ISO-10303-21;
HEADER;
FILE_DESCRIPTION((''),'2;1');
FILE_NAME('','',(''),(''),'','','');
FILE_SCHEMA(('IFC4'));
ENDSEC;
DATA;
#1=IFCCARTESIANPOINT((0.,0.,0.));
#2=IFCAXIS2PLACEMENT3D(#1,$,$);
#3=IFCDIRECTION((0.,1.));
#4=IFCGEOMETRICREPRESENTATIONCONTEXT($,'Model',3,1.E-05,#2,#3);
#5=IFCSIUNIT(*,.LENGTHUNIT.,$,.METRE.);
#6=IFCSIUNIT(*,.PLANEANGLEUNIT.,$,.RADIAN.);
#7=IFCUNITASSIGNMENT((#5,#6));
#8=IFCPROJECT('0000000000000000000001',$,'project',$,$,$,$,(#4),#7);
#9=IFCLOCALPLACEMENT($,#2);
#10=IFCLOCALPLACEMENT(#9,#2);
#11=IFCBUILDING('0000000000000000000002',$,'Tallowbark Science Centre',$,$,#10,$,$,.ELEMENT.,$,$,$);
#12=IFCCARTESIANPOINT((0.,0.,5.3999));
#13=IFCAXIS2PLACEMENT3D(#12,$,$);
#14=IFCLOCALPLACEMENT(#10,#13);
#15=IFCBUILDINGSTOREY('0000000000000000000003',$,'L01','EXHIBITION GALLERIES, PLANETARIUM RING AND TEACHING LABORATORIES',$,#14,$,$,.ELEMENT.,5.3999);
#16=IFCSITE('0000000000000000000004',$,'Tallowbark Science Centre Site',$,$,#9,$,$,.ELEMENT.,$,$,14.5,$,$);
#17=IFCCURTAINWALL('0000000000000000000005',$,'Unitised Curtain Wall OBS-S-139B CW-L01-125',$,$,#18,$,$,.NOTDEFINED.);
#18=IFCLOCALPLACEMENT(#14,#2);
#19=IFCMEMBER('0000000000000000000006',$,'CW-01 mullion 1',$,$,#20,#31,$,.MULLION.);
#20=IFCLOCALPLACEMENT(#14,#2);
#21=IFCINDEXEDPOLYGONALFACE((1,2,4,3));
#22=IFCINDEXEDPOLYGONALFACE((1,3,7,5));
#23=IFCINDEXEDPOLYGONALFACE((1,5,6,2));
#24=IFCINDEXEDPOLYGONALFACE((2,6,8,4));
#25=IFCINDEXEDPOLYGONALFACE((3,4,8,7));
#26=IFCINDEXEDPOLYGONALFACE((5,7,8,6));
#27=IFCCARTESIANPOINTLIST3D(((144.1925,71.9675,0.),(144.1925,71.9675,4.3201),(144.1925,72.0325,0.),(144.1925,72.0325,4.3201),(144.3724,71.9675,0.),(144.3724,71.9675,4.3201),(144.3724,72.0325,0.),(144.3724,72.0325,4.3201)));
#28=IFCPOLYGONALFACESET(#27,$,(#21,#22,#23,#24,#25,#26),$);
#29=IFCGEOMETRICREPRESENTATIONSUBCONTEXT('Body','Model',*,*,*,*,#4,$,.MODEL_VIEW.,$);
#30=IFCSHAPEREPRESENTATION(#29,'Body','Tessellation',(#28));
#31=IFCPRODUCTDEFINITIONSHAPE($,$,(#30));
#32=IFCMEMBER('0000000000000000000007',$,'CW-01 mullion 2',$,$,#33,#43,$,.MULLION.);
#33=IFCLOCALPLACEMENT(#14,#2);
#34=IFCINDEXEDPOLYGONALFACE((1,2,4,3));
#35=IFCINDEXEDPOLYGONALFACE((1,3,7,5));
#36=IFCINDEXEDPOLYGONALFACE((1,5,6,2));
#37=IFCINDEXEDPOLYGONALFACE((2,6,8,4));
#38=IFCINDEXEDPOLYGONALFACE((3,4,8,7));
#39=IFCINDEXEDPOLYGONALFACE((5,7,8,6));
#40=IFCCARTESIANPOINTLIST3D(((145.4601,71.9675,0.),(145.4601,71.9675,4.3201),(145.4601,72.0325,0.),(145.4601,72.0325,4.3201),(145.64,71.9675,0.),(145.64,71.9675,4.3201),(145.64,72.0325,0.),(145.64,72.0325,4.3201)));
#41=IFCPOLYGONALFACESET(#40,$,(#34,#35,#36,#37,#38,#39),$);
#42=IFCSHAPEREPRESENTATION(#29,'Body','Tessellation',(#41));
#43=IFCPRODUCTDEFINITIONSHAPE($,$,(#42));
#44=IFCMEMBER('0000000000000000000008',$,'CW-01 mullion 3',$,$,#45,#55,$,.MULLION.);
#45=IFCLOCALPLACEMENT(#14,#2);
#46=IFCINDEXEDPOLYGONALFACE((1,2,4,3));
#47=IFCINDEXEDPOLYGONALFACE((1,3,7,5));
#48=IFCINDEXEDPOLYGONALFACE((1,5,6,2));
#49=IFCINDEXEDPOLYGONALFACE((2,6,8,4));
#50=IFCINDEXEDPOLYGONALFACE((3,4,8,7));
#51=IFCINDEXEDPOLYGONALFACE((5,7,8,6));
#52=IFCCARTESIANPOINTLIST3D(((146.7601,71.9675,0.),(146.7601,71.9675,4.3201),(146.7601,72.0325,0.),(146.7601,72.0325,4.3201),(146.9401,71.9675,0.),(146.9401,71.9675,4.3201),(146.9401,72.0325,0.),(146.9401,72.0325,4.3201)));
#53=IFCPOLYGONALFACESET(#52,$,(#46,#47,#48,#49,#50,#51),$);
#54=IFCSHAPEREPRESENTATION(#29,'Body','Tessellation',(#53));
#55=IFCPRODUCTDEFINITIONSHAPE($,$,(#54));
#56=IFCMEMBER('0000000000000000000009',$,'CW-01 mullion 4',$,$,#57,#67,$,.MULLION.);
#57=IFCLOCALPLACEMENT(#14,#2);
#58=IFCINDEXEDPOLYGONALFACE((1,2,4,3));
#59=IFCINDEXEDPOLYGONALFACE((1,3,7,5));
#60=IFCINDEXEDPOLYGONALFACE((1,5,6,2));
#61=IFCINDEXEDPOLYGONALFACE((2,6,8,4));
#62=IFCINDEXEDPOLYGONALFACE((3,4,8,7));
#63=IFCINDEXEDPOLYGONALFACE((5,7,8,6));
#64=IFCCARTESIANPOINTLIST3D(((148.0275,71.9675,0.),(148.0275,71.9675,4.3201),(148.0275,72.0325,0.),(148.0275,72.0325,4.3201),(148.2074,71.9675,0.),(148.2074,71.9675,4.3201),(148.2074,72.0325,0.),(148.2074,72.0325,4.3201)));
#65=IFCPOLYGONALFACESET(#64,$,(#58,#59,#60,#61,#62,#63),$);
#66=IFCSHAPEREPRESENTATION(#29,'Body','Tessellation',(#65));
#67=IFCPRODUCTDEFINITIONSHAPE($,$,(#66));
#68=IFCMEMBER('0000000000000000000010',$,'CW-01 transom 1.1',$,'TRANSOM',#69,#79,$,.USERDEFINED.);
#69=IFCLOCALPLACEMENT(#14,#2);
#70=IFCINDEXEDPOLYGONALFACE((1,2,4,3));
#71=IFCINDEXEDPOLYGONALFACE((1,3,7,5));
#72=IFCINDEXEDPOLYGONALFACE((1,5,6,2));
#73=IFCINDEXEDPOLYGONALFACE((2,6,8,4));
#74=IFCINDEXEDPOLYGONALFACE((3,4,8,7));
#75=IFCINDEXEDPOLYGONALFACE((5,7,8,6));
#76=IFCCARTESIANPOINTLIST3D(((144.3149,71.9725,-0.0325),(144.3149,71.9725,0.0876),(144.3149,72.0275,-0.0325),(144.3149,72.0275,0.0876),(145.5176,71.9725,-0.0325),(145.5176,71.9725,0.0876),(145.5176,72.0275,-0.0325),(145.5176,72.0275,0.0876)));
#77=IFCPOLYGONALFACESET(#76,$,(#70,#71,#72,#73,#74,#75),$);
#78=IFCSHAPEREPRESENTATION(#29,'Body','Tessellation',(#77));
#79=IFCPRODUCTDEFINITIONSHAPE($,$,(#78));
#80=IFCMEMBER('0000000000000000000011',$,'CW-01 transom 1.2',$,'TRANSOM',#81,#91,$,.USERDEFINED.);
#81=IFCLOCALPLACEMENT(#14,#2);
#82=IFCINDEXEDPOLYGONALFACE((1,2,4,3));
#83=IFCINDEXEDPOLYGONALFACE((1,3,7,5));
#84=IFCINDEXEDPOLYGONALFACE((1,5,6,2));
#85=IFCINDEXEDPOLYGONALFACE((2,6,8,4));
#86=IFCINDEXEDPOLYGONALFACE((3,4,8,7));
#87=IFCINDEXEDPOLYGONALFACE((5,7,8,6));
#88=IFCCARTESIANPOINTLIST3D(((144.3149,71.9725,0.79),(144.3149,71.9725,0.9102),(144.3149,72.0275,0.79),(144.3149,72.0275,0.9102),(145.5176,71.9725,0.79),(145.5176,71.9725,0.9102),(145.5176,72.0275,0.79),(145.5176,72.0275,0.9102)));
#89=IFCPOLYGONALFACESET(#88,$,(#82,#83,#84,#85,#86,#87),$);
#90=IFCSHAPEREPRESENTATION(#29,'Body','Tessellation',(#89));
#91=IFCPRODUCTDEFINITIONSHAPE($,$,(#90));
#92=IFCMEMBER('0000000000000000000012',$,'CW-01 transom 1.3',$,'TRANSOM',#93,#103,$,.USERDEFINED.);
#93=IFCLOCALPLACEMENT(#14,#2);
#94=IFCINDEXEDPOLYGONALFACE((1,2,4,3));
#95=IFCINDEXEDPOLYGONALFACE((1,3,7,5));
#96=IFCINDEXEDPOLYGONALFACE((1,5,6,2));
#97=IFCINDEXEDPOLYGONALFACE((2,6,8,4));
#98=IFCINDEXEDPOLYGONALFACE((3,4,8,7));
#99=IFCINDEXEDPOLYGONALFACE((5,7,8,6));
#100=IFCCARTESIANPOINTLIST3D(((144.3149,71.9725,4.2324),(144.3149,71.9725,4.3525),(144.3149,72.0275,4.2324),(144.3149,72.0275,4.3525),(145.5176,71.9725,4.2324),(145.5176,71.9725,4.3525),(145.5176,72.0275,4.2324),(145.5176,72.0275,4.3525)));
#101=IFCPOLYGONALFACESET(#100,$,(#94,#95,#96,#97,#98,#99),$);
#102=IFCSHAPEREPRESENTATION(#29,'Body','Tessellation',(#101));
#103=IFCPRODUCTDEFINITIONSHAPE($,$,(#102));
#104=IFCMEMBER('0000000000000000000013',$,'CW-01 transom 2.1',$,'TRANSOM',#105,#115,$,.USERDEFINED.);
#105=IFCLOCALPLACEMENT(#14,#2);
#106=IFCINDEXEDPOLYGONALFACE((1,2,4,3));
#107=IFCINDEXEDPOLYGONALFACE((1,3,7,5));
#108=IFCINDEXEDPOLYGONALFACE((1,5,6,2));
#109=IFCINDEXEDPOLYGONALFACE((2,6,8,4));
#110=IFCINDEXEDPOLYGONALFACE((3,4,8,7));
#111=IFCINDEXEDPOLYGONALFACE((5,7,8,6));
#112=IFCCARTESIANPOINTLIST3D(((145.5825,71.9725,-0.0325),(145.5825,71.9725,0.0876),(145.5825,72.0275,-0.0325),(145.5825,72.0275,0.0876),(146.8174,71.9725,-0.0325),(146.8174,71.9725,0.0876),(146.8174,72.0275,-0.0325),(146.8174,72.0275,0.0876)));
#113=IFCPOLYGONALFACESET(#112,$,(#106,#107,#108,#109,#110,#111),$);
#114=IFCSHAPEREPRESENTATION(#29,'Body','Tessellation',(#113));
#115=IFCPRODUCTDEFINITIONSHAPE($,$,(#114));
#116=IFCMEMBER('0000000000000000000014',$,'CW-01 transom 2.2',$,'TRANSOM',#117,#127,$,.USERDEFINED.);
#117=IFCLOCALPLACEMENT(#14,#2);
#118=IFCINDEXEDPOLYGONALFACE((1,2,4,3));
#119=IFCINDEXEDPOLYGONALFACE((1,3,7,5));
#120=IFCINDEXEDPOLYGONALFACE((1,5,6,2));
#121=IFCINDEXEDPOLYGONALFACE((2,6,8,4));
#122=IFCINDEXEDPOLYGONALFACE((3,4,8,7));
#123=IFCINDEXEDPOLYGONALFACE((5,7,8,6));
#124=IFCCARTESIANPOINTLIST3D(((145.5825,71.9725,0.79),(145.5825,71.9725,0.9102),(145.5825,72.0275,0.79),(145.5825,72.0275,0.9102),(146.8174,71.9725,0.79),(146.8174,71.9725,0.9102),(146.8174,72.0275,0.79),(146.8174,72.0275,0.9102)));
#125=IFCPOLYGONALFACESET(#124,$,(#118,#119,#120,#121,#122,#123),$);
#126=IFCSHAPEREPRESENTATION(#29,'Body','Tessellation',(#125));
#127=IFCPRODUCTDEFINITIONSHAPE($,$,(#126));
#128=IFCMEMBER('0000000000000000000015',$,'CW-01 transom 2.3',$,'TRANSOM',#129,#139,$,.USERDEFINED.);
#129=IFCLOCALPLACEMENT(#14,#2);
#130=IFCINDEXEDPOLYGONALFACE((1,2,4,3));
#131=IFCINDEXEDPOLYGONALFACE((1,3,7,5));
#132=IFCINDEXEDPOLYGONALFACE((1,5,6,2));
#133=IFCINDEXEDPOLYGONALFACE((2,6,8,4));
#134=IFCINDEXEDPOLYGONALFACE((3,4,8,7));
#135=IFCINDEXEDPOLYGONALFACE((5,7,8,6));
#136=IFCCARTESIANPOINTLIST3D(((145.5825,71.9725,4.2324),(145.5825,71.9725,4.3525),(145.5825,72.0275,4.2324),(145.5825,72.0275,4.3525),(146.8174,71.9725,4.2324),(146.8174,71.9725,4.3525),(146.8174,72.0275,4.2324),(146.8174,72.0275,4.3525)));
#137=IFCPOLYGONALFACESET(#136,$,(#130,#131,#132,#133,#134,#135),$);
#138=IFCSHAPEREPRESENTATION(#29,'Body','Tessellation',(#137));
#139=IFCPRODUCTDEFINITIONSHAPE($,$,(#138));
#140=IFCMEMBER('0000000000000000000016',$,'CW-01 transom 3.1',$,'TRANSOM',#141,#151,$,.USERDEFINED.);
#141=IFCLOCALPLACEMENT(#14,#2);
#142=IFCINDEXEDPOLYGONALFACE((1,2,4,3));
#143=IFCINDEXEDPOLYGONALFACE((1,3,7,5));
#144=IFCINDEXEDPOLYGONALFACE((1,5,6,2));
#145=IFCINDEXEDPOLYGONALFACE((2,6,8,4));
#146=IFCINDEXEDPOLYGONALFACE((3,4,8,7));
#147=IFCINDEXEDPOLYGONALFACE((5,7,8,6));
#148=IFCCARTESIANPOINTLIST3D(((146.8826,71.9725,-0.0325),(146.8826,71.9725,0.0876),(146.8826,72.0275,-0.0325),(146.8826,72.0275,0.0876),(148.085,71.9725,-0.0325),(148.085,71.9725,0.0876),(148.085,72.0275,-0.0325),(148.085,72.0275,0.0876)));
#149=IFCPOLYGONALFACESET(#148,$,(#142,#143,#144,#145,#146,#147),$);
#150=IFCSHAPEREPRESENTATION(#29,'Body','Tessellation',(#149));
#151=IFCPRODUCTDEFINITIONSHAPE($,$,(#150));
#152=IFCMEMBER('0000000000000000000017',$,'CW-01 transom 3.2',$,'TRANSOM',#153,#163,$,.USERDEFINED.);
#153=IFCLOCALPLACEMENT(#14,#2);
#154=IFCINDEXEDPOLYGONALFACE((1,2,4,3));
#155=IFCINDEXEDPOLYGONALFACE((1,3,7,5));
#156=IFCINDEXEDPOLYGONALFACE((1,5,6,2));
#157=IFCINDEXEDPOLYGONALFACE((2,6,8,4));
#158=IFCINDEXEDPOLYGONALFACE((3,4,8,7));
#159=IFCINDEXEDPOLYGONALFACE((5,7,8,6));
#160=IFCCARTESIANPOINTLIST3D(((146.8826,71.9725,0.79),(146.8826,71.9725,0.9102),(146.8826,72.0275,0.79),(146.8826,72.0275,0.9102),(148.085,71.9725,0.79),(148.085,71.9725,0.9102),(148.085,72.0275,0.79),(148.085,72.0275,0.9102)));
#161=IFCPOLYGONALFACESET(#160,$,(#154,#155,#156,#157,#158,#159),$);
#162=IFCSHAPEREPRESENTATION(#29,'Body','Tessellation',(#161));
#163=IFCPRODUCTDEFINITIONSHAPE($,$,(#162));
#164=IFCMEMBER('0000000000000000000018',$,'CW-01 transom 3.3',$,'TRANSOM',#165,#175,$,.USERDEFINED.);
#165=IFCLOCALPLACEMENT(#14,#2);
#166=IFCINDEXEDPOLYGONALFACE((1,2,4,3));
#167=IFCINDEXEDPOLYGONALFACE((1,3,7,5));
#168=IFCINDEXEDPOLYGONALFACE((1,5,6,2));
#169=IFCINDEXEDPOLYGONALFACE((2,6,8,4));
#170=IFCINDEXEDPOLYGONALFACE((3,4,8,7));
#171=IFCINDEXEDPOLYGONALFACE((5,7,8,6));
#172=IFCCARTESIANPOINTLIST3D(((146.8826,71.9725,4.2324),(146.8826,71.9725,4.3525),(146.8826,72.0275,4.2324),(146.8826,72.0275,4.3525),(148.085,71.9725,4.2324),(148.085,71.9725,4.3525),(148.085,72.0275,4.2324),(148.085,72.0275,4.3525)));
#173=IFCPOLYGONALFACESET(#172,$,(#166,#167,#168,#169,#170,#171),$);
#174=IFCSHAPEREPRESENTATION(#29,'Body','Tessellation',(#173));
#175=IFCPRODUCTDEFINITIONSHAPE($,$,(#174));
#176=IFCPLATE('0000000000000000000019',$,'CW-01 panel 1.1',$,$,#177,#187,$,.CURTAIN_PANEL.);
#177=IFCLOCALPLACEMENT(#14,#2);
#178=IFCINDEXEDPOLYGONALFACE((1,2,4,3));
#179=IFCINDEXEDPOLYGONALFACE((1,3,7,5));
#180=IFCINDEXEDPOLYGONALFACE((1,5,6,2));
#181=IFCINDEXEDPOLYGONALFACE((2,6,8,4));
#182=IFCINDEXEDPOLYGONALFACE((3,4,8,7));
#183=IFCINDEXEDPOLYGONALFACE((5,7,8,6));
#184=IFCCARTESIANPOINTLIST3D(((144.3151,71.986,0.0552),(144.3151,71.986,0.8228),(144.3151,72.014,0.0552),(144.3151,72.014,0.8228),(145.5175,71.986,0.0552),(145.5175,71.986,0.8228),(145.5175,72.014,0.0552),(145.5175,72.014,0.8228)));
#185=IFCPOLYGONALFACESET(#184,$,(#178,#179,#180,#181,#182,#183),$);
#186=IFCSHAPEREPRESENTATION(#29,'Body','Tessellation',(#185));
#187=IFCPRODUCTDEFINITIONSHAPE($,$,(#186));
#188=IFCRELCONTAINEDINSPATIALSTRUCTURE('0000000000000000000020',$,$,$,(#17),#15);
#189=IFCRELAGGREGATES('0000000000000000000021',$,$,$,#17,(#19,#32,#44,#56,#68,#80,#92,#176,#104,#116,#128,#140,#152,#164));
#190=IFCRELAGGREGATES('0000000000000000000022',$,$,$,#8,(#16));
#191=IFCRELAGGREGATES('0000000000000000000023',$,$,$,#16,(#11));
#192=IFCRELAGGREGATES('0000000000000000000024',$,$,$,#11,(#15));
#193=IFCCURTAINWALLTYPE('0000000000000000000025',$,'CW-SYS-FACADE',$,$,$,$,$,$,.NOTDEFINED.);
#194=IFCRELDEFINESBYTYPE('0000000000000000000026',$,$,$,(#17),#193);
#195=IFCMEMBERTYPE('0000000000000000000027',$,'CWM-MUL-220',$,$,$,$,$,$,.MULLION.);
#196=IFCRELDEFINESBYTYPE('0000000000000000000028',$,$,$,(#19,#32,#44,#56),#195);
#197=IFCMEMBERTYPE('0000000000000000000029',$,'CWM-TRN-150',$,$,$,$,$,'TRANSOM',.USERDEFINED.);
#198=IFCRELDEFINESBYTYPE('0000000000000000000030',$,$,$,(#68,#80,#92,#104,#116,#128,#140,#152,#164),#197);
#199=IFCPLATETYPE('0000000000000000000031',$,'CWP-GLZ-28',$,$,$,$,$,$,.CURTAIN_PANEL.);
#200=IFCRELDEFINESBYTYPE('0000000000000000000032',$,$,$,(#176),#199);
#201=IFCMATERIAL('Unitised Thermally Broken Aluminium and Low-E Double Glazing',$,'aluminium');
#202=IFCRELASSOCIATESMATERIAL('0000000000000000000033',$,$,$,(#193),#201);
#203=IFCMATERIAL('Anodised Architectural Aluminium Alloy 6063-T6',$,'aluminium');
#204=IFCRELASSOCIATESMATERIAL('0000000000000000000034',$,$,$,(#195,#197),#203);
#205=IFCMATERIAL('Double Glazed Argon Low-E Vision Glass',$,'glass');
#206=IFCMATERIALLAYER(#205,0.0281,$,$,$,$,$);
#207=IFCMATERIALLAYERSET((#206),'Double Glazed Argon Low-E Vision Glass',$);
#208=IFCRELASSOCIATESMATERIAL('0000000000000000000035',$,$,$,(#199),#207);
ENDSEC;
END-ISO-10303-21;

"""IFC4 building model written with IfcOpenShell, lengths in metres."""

from ifc_helpers import new_model, si_unit, direction, frame, origin, origin_2d, place, context, subcontext, project, spatial, rectangle, extrude, material, layer, layer_set, material_profile, profile_set, type_object, element, aggregate, save


model = new_model("IFC4")

# Units and contexts
model_context = context("Model", 3, precision=1e-05, world=origin(), true_north=direction((0.0, 1.0)))
body_context = subcontext(model_context, "Body", "Model", "MODEL_VIEW")
ifc_project = project(units=[si_unit("LENGTHUNIT", "METRE"), si_unit("PLANEANGLEUNIT", "RADIAN")], contexts=[model_context])

# Site, building, storey
site_placement = place(None, origin())
site = spatial("IfcSite", under=ifc_project, at=site_placement, Name="Tallowbark Science Centre Site", CompositionType="ELEMENT", RefElevation=14.5)
building_placement = place(site_placement, origin())
building = spatial("IfcBuilding", under=site, at=building_placement, Name="Tallowbark Science Centre", CompositionType="ELEMENT")
storey_placement = place(building_placement, frame((0.0, 0.0, 5.3999)))
storey = spatial("IfcBuildingStorey", under=building, at=storey_placement, Name="L01", Description="EXHIBITION GALLERIES, PLANETARIUM RING AND TEACHING LABORATORIES", CompositionType="ELEMENT", Elevation=5.3999)

# Curtain wall, members, plate
ifc_material_1 = material(Name="Unitised Thermally Broken Aluminium and Low-E Double Glazing", Category="aluminium")
curtain_wall_type = type_object("IfcCurtainWallType", Name="CW-SYS-FACADE", PredefinedType="NOTDEFINED", material=ifc_material_1)
curtain_wall_placement = place(storey_placement, origin())
curtain_wall = element("IfcCurtainWall", 1, at=curtain_wall_placement, inside=storey, type_object=curtain_wall_type, Name="Unitised Curtain Wall OBS-S-139B CW-L01-125", PredefinedType="NOTDEFINED")
ifc_material_2 = material(Name="Anodised Architectural Aluminium Alloy 6063-T6", Category="aluminium")
ifc_material_profile_1 = material_profile(ifc_material_2, rectangle(XDim=0.0649, YDim=0.1799, at=origin_2d()), Name="ALU65x180")
ifc_profile_set_1 = profile_set([ifc_material_profile_1], Name="Anodised Architectural Aluminium Alloy 6063-T6")
member_type_1 = type_object("IfcMemberType", Name="CWM-MUL-220", PredefinedType="MULLION", material=ifc_profile_set_1)
member_1_placement = place(storey_placement, frame((144.2825, 72.0, 0.0), z_axis=(0.0, 0.0, 1.0), x_axis=(0.0, 1.0, 0.0)))
member_1 = element("IfcMember", 2, at=member_1_placement, type_object=member_type_1, Name="CW-01 mullion 1", PredefinedType="MULLION", context=body_context, shape_type="SweptSolid", body=[
    extrude(rectangle(XDim=0.0649, YDim=0.1799, at=origin_2d()), origin(), (0.0, 0.0, 1.0), 4.3201),
])
member_2_placement = place(storey_placement, frame((145.55, 72.0, 0.0), z_axis=(0.0, 0.0, 1.0), x_axis=(0.0, 1.0, 0.0)))
member_2 = element("IfcMember", 3, at=member_2_placement, type_object=member_type_1, Name="CW-01 mullion 2", PredefinedType="MULLION", context=body_context, shape_type="SweptSolid", body=[
    extrude(rectangle(XDim=0.0649, YDim=0.1799, at=origin_2d()), origin(), (0.0, 0.0, 1.0), 4.3201),
])
member_3_placement = place(storey_placement, frame((146.8501, 72.0, 0.0), z_axis=(0.0, 0.0, 1.0), x_axis=(0.0, 1.0, 0.0)))
member_3 = element("IfcMember", 4, at=member_3_placement, type_object=member_type_1, Name="CW-01 mullion 3", PredefinedType="MULLION", context=body_context, shape_type="SweptSolid", body=[
    extrude(rectangle(XDim=0.0649, YDim=0.1799, at=origin_2d()), origin(), (0.0, 0.0, 1.0), 4.3201),
])
member_4_placement = place(storey_placement, frame((148.1174, 72.0, 0.0), z_axis=(0.0, 0.0, 1.0), x_axis=(0.0, 1.0, 0.0)))
member_4 = element("IfcMember", 5, at=member_4_placement, type_object=member_type_1, Name="CW-01 mullion 4", PredefinedType="MULLION", context=body_context, shape_type="SweptSolid", body=[
    extrude(rectangle(XDim=0.0649, YDim=0.1799, at=origin_2d()), origin(), (0.0, 0.0, 1.0), 4.3201),
])
ifc_material_profile_2 = material_profile(ifc_material_2, rectangle(XDim=0.0549, YDim=0.1201, at=origin_2d()), Name="ALU55x120")
ifc_profile_set_2 = profile_set([ifc_material_profile_2], Name="Anodised Architectural Aluminium Alloy 6063-T6")
member_type_2 = type_object("IfcMemberType", Name="CWM-TRN-150", ElementType="TRANSOM", PredefinedType="USERDEFINED", material=ifc_profile_set_2)
member_5_placement = place(storey_placement, frame((144.3149, 72.0, 0.0276), z_axis=(1.0, 0.0, 0.0), x_axis=(0.0, 1.0, 0.0)))
member_5 = element("IfcMember", 6, at=member_5_placement, type_object=member_type_2, Name="CW-01 transom 1.1", ObjectType="TRANSOM", PredefinedType="USERDEFINED", context=body_context, shape_type="SweptSolid", body=[
    extrude(rectangle(XDim=0.0549, YDim=0.1201, at=origin_2d()), origin(), (0.0, 0.0, 1.0), 1.2026),
])
member_6_placement = place(storey_placement, frame((144.3149, 72.0, 0.8501), z_axis=(1.0, 0.0, 0.0), x_axis=(0.0, 1.0, 0.0)))
member_6 = element("IfcMember", 7, at=member_6_placement, type_object=member_type_2, Name="CW-01 transom 1.2", ObjectType="TRANSOM", PredefinedType="USERDEFINED", context=body_context, shape_type="SweptSolid", body=[
    extrude(rectangle(XDim=0.0549, YDim=0.1201, at=origin_2d()), origin(), (0.0, 0.0, 1.0), 1.2026),
])
member_7_placement = place(storey_placement, frame((144.3149, 72.0, 4.2925), z_axis=(1.0, 0.0, 0.0), x_axis=(0.0, 1.0, 0.0)))
member_7 = element("IfcMember", 8, at=member_7_placement, type_object=member_type_2, Name="CW-01 transom 1.3", ObjectType="TRANSOM", PredefinedType="USERDEFINED", context=body_context, shape_type="SweptSolid", body=[
    extrude(rectangle(XDim=0.0549, YDim=0.1201, at=origin_2d()), origin(), (0.0, 0.0, 1.0), 1.2026),
])
member_8_placement = place(storey_placement, frame((145.5825, 72.0, 0.0276), z_axis=(1.0, 0.0, 0.0), x_axis=(0.0, 1.0, 0.0)))
member_8 = element("IfcMember", 9, at=member_8_placement, type_object=member_type_2, Name="CW-01 transom 2.1", ObjectType="TRANSOM", PredefinedType="USERDEFINED", context=body_context, shape_type="SweptSolid", body=[
    extrude(rectangle(XDim=0.0549, YDim=0.1201, at=origin_2d()), origin(), (0.0, 0.0, 1.0), 1.2349),
])
member_9_placement = place(storey_placement, frame((145.5825, 72.0, 0.8501), z_axis=(1.0, 0.0, 0.0), x_axis=(0.0, 1.0, 0.0)))
member_9 = element("IfcMember", 10, at=member_9_placement, type_object=member_type_2, Name="CW-01 transom 2.2", ObjectType="TRANSOM", PredefinedType="USERDEFINED", context=body_context, shape_type="SweptSolid", body=[
    extrude(rectangle(XDim=0.0549, YDim=0.1201, at=origin_2d()), origin(), (0.0, 0.0, 1.0), 1.2349),
])
member_10_placement = place(storey_placement, frame((145.5825, 72.0, 4.2925), z_axis=(1.0, 0.0, 0.0), x_axis=(0.0, 1.0, 0.0)))
member_10 = element("IfcMember", 11, at=member_10_placement, type_object=member_type_2, Name="CW-01 transom 2.3", ObjectType="TRANSOM", PredefinedType="USERDEFINED", context=body_context, shape_type="SweptSolid", body=[
    extrude(rectangle(XDim=0.0549, YDim=0.1201, at=origin_2d()), origin(), (0.0, 0.0, 1.0), 1.2349),
])
member_11_placement = place(storey_placement, frame((146.8826, 72.0, 0.0276), z_axis=(1.0, 0.0, 0.0), x_axis=(0.0, 1.0, 0.0)))
member_11 = element("IfcMember", 12, at=member_11_placement, type_object=member_type_2, Name="CW-01 transom 3.1", ObjectType="TRANSOM", PredefinedType="USERDEFINED", context=body_context, shape_type="SweptSolid", body=[
    extrude(rectangle(XDim=0.0549, YDim=0.1201, at=origin_2d()), origin(), (0.0, 0.0, 1.0), 1.2024),
])
member_12_placement = place(storey_placement, frame((146.8826, 72.0, 0.8501), z_axis=(1.0, 0.0, 0.0), x_axis=(0.0, 1.0, 0.0)))
member_12 = element("IfcMember", 13, at=member_12_placement, type_object=member_type_2, Name="CW-01 transom 3.2", ObjectType="TRANSOM", PredefinedType="USERDEFINED", context=body_context, shape_type="SweptSolid", body=[
    extrude(rectangle(XDim=0.0549, YDim=0.1201, at=origin_2d()), origin(), (0.0, 0.0, 1.0), 1.2024),
])
member_13_placement = place(storey_placement, frame((146.8826, 72.0, 4.2925), z_axis=(1.0, 0.0, 0.0), x_axis=(0.0, 1.0, 0.0)))
member_13 = element("IfcMember", 14, at=member_13_placement, type_object=member_type_2, Name="CW-01 transom 3.3", ObjectType="TRANSOM", PredefinedType="USERDEFINED", context=body_context, shape_type="SweptSolid", body=[
    extrude(rectangle(XDim=0.0549, YDim=0.1201, at=origin_2d()), origin(), (0.0, 0.0, 1.0), 1.2024),
])
ifc_material_3 = material(Name="Double Glazed Argon Low-E Vision Glass", Category="glass")
ifc_layer_1 = layer(ifc_material_3, 0.0281)
ifc_layer_set_1 = layer_set([ifc_layer_1], Name="Double Glazed Argon Low-E Vision Glass")
plate_type = type_object("IfcPlateType", Name="CWP-GLZ-28", PredefinedType="CURTAIN_PANEL", material=ifc_layer_set_1)
plate_1_placement = place(storey_placement, frame((144.9163, 72.0, 0.0552), z_axis=(0.0, 0.0, 1.0), x_axis=(1.0, 0.0, 0.0)))
plate_1 = element("IfcPlate", 15, at=plate_1_placement, type_object=plate_type, Name="CW-01 panel 1.1", PredefinedType="CURTAIN_PANEL", context=body_context, shape_type="SweptSolid", body=[
    extrude(rectangle(XDim=1.2024, YDim=0.0281, at=origin_2d()), origin(), (0.0, 0.0, 1.0), 0.7676),
])
aggregate(curtain_wall, [member_1, member_2, member_3, member_4, member_5, member_6, member_7, plate_1, member_8, member_9, member_10, member_11, member_12, member_13])

save(model, "model.ifc")
